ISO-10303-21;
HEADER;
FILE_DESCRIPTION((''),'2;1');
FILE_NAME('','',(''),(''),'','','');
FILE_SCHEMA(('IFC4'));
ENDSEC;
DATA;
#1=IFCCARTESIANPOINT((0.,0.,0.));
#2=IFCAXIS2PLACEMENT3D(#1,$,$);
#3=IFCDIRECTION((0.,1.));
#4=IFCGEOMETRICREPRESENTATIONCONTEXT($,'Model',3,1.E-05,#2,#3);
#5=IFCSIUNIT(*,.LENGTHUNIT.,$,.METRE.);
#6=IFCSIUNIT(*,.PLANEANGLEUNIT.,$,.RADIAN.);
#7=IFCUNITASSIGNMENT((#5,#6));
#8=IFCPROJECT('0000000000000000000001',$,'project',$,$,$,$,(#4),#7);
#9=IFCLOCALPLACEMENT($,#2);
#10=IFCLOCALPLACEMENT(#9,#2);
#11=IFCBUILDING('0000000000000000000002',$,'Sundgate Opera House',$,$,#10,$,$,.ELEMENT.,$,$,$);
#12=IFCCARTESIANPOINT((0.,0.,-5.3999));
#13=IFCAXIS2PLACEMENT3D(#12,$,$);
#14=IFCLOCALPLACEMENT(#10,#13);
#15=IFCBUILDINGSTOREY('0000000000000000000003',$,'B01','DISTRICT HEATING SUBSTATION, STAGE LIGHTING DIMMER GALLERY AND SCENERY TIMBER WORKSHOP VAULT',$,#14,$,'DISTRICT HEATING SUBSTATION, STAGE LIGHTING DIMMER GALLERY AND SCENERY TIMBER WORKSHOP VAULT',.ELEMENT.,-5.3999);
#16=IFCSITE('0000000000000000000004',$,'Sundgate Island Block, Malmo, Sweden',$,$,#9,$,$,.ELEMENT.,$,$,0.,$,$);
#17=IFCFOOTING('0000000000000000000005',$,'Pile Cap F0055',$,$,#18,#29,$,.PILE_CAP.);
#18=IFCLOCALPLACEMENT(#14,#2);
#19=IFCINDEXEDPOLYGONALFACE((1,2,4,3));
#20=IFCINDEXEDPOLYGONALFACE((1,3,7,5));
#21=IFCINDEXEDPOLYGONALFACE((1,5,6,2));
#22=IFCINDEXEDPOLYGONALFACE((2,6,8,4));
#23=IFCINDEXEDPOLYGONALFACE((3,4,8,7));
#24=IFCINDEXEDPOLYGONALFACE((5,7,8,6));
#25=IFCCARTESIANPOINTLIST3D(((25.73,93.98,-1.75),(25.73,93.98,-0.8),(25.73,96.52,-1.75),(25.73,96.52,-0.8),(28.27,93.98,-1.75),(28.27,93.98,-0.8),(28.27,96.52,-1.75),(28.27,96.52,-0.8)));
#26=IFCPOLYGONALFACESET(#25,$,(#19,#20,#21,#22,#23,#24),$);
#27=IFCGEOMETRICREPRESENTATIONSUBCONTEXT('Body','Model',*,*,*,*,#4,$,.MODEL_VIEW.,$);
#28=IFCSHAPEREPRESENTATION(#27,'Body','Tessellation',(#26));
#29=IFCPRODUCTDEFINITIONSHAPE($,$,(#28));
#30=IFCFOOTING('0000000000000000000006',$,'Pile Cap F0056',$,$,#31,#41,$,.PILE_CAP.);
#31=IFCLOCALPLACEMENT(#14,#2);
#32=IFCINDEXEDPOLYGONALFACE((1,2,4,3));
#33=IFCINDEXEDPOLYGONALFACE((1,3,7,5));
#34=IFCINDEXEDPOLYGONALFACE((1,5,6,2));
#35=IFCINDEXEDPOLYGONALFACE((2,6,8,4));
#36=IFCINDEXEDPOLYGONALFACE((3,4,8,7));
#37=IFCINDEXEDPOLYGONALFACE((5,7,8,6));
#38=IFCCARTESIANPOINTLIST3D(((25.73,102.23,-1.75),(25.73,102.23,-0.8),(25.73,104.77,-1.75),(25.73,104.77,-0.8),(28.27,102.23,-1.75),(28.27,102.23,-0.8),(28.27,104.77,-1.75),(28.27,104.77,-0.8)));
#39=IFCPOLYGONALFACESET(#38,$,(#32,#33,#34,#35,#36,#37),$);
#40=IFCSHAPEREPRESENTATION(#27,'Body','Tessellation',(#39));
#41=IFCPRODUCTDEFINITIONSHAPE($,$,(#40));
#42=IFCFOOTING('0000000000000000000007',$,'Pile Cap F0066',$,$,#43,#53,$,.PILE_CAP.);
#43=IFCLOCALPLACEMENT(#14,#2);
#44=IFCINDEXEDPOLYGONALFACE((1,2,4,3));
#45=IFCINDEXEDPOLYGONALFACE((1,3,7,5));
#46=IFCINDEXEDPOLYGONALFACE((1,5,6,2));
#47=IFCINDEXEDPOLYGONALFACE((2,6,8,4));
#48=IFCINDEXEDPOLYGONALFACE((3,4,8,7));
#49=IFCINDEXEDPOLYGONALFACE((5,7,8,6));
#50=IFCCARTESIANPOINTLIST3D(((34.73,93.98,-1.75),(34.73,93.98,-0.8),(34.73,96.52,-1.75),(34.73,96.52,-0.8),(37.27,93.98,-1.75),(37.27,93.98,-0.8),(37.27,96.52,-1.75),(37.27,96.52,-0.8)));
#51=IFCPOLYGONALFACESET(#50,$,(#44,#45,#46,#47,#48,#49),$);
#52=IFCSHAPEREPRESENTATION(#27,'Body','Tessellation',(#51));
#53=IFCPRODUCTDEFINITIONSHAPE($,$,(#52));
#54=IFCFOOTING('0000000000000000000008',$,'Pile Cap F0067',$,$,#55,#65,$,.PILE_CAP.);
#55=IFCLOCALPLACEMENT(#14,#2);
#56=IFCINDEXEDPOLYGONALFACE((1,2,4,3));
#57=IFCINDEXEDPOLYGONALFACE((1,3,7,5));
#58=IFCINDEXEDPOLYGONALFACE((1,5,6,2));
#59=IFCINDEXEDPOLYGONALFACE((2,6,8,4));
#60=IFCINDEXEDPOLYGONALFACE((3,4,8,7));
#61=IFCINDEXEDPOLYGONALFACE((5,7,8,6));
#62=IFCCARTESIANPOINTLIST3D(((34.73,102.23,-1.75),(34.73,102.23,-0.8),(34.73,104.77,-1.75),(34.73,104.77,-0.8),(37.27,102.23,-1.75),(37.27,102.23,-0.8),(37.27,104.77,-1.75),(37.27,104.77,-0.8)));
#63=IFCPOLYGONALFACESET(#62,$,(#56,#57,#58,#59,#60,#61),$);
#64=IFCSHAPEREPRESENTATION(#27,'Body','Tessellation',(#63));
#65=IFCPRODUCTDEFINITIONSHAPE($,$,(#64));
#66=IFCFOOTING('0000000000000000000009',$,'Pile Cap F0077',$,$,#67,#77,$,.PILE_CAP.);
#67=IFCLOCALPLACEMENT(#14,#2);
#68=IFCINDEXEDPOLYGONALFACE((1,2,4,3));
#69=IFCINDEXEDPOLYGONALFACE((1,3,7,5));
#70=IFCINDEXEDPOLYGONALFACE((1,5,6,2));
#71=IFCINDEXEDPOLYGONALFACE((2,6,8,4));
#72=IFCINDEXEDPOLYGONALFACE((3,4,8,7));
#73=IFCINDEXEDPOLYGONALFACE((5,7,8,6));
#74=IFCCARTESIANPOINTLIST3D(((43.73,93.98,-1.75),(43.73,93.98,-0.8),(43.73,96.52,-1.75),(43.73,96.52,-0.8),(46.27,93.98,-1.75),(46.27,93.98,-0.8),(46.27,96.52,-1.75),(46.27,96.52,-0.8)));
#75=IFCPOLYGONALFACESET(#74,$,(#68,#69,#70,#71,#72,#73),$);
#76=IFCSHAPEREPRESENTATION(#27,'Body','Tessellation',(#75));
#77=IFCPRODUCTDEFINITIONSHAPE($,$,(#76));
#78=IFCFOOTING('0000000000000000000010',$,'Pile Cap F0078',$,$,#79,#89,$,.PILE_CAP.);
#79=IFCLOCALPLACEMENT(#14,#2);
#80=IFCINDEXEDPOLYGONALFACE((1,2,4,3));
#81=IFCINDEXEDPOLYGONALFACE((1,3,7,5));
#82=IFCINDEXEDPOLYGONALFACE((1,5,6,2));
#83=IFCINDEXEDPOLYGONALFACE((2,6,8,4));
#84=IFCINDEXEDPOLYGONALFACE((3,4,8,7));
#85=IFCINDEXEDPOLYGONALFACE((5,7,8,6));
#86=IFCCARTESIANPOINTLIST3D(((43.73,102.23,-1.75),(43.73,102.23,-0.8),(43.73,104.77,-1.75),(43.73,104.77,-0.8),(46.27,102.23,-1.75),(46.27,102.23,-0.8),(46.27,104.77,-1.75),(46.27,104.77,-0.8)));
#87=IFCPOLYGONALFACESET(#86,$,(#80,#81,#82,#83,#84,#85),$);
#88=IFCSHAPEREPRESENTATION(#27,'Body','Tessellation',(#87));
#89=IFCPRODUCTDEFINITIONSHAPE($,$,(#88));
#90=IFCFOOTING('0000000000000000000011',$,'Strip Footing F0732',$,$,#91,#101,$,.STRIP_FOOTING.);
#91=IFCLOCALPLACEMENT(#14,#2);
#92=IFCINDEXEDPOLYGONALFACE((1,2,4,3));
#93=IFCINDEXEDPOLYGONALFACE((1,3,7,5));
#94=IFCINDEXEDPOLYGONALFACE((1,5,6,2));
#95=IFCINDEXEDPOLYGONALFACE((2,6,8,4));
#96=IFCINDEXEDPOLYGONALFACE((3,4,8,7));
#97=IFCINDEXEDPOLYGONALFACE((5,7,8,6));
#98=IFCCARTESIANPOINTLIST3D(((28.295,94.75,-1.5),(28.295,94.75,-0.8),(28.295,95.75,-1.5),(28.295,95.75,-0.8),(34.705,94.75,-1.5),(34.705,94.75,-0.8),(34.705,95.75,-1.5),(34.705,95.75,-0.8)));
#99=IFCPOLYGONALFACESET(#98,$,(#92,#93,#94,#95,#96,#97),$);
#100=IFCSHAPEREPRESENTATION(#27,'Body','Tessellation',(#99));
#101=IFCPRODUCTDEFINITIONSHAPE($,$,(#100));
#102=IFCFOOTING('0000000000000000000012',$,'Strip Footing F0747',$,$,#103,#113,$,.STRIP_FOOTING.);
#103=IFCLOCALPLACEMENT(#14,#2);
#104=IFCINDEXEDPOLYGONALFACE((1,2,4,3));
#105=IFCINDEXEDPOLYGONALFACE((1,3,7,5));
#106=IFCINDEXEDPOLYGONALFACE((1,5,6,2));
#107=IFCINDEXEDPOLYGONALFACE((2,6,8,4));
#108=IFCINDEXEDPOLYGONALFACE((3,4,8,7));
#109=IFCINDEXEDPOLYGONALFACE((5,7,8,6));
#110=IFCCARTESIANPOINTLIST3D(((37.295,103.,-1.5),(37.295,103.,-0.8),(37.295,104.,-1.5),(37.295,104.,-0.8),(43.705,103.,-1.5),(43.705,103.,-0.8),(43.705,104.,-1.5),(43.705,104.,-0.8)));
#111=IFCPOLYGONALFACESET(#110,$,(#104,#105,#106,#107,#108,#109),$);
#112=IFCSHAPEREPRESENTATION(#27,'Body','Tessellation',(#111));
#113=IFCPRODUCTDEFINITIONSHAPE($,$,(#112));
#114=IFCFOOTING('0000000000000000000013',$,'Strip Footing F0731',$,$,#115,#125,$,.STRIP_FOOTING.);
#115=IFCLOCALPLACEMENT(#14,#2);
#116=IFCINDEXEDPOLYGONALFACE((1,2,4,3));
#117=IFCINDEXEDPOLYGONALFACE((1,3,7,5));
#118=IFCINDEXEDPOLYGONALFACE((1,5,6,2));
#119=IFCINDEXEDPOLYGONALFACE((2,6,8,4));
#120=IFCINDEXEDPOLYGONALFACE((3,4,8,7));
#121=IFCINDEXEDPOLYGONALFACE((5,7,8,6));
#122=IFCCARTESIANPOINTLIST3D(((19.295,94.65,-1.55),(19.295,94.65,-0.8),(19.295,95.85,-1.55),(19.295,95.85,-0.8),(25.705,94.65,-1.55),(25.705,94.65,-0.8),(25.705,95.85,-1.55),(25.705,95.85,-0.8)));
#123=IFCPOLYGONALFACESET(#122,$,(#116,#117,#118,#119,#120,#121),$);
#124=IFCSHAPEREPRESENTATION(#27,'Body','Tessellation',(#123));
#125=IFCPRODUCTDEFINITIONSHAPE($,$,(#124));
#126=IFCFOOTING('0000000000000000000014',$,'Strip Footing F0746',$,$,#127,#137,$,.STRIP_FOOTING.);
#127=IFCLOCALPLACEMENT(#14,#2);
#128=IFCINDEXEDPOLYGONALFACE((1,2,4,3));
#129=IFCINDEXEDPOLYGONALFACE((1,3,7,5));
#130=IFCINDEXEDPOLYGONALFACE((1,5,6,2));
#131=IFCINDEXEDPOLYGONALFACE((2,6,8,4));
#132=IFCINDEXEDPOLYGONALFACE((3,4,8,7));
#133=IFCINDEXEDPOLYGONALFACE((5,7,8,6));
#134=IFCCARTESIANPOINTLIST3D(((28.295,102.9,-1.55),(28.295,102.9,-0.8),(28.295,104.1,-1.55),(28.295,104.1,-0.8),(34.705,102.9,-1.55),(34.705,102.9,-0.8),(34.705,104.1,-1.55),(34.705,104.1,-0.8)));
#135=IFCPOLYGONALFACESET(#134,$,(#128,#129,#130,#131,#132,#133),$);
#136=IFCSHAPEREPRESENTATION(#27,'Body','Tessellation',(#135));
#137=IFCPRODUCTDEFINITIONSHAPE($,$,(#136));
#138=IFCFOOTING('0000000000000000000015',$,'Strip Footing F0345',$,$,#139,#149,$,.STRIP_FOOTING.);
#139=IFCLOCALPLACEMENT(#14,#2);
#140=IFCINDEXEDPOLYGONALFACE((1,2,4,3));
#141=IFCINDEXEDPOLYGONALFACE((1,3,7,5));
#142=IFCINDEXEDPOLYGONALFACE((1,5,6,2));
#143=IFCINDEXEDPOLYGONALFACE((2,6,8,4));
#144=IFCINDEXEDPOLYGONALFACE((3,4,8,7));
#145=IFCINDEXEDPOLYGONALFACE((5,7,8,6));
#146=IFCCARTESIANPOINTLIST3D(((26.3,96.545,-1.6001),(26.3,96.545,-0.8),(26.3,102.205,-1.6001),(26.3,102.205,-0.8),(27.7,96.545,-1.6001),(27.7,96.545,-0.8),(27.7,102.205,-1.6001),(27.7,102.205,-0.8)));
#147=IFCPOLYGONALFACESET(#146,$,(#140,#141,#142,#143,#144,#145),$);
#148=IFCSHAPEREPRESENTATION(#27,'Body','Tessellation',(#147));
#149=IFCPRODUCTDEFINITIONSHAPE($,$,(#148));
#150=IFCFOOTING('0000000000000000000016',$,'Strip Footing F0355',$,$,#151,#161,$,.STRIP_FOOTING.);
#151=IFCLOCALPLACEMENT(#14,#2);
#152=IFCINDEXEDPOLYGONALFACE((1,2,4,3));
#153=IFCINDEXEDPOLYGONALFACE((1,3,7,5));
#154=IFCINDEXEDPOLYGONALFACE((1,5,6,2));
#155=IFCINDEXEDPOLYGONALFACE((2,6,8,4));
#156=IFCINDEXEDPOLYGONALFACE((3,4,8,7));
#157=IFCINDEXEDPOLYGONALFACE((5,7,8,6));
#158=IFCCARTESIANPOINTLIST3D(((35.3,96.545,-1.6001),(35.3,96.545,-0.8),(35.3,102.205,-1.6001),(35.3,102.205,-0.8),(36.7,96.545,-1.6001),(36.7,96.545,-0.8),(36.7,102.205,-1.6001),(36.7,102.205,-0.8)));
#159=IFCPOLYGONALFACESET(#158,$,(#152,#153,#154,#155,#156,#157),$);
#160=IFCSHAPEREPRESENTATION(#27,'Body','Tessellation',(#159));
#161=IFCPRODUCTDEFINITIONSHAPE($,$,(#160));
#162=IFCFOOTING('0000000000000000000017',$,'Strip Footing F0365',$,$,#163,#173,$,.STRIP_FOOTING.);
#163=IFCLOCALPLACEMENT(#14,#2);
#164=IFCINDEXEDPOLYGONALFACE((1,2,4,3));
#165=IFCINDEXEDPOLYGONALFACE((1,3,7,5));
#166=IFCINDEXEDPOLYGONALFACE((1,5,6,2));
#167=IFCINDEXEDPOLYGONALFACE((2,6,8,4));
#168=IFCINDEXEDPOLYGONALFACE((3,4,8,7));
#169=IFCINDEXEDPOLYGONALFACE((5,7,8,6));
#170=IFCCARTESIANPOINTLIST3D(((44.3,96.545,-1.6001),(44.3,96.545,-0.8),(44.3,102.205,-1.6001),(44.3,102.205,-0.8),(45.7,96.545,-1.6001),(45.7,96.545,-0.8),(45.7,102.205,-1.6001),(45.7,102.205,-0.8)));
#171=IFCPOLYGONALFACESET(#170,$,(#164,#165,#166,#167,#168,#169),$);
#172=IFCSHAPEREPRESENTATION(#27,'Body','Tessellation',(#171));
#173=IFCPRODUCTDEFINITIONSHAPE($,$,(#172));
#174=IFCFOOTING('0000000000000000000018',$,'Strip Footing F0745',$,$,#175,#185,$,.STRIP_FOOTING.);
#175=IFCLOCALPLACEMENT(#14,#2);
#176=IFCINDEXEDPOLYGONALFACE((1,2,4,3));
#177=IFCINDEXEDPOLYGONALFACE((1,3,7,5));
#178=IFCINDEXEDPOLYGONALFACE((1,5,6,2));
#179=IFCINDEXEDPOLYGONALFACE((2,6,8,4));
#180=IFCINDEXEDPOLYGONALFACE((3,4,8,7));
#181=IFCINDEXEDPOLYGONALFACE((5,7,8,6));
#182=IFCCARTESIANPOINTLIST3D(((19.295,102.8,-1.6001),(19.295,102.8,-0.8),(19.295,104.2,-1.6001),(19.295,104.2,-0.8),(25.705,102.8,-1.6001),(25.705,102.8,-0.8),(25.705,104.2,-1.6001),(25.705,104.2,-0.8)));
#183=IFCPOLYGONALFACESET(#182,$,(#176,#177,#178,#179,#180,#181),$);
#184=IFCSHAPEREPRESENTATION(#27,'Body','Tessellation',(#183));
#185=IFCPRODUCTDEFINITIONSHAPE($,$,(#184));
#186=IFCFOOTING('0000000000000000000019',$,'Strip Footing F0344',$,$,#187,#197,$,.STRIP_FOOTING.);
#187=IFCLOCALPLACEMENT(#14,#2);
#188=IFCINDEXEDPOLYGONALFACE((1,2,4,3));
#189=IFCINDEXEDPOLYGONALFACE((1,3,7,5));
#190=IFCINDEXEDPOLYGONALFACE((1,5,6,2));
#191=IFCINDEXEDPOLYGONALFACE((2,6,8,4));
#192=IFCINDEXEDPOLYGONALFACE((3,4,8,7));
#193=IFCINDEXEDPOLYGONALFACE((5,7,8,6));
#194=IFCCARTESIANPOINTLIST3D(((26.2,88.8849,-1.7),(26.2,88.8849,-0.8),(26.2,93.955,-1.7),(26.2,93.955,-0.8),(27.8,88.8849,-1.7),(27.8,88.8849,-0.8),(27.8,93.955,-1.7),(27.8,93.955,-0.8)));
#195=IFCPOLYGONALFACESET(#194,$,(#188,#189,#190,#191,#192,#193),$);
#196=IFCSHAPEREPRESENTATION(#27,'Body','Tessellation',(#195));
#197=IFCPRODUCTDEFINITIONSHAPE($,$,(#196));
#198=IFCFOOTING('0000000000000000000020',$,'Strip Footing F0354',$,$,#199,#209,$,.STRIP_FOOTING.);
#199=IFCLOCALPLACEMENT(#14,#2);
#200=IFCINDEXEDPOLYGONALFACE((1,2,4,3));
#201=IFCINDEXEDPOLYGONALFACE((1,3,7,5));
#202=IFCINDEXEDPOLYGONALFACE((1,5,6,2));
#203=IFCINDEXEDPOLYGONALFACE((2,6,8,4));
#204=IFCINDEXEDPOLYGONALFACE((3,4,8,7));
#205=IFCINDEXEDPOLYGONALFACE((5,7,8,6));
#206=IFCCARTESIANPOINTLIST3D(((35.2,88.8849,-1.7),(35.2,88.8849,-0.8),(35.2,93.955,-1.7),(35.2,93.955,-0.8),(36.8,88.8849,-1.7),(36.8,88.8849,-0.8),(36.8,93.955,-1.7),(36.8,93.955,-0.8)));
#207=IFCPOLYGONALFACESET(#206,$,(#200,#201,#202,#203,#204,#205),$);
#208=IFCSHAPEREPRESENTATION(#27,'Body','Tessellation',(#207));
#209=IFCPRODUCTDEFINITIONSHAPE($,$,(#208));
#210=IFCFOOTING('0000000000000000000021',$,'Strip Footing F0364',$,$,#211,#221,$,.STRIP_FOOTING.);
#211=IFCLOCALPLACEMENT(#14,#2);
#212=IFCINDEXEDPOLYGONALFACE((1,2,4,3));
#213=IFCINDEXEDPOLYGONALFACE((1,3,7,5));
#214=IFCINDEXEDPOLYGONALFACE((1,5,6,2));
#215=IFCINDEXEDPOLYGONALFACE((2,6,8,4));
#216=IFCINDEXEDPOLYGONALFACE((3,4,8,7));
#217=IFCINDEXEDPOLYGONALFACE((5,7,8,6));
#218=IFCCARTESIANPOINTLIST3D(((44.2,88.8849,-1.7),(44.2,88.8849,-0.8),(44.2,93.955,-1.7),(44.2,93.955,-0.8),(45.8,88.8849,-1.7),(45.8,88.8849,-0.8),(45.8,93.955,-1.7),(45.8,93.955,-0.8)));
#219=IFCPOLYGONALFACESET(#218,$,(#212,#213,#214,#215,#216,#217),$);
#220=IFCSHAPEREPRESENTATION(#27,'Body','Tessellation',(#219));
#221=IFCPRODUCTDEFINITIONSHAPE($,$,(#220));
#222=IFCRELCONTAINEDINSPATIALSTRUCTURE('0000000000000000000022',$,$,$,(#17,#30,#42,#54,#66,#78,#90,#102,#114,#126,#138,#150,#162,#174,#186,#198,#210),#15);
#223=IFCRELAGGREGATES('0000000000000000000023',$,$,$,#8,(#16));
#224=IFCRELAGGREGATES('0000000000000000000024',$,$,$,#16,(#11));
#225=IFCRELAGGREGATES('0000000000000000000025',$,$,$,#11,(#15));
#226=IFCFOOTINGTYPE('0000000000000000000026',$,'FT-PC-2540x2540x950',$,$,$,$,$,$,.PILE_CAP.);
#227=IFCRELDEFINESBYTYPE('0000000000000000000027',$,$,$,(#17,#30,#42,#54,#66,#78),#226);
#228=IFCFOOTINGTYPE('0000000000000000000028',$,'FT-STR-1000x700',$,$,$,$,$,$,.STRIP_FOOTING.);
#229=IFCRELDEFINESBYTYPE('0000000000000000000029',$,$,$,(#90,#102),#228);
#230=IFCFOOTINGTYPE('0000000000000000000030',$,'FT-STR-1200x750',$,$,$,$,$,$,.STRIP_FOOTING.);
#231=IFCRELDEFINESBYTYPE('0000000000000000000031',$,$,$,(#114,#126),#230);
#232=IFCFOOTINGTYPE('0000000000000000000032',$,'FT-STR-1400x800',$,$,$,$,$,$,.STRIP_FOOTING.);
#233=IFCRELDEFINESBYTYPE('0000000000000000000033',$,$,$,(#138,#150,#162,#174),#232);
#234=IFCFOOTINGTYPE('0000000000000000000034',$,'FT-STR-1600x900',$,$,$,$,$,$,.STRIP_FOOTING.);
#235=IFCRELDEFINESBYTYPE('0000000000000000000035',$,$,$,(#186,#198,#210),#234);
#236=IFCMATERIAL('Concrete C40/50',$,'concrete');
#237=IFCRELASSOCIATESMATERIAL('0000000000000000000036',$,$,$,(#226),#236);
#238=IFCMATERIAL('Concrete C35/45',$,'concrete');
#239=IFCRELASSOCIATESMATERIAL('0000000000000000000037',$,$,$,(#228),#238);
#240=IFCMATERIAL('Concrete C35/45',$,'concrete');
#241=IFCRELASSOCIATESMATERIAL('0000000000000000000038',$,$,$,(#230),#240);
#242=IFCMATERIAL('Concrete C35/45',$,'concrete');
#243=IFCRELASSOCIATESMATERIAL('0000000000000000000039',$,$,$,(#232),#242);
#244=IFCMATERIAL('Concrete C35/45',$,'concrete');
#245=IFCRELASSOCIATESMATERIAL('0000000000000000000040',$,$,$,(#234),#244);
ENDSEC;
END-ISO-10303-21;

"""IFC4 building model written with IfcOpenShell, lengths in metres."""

from ifc_helpers import new_model, si_unit, direction, frame, origin, origin_2d, place, context, subcontext, project, spatial, rectangle, extrude, material, type_object, element, save


model = new_model("IFC4")

# Units and contexts
model_context = context("Model", 3, precision=1e-05, world=origin(), true_north=direction((0.0, 1.0)))
body_context = subcontext(model_context, "Body", "Model", "MODEL_VIEW")
ifc_project = project(units=[si_unit("LENGTHUNIT", "METRE"), si_unit("PLANEANGLEUNIT", "RADIAN")], contexts=[model_context])

# Site, building, storey
site_placement = place(None, origin())
site = spatial("IfcSite", under=ifc_project, at=site_placement, Name="Sundgate Island Block, Malmo, Sweden", CompositionType="ELEMENT", RefElevation=0.0)
building_placement = place(site_placement, origin())
building = spatial("IfcBuilding", under=site, at=building_placement, Name="Sundgate Opera House", CompositionType="ELEMENT")
storey_placement = place(building_placement, frame((0.0, 0.0, -5.3999)))
storey = spatial("IfcBuildingStorey", under=building, at=storey_placement, Name="B01", Description="DISTRICT HEATING SUBSTATION, STAGE LIGHTING DIMMER GALLERY AND SCENERY TIMBER WORKSHOP VAULT", LongName="DISTRICT HEATING SUBSTATION, STAGE LIGHTING DIMMER GALLERY AND SCENERY TIMBER WORKSHOP VAULT", CompositionType="ELEMENT", Elevation=-5.3999)

# Footings
ifc_material_1 = material(Name="Concrete C40/50", Category="concrete")
footing_type_1 = type_object("IfcFootingType", Name="FT-PC-2540x2540x950", PredefinedType="PILE_CAP", material=ifc_material_1)
for number, where, z_axis, x_axis, name in (
    (1, (27.0, 95.25, -1.75), (0.0, 0.0, 1.0), (1.0, 0.0, 0.0), "Pile Cap F0055"),
    (2, (27.0, 103.5, -1.75), (0.0, 0.0, 1.0), (1.0, 0.0, 0.0), "Pile Cap F0056"),
    (3, (36.0, 95.25, -1.75), (0.0, 0.0, 1.0), (1.0, 0.0, 0.0), "Pile Cap F0066"),
    (4, (36.0, 103.5, -1.75), (0.0, 0.0, 1.0), (1.0, 0.0, 0.0), "Pile Cap F0067"),
    (5, (45.0, 95.25, -1.75), (0.0, 0.0, 1.0), (1.0, 0.0, 0.0), "Pile Cap F0077"),
    (6, (45.0, 103.5, -1.75), (0.0, 0.0, 1.0), (1.0, 0.0, 0.0), "Pile Cap F0078"),
):
    element("IfcFooting", number, at=place(storey_placement, frame(where, z_axis=z_axis, x_axis=x_axis)), inside=storey, type_object=footing_type_1, Name=name, PredefinedType="PILE_CAP", context=body_context, shape_type="SweptSolid", body=[
        extrude(rectangle(XDim=2.54, YDim=2.54, at=origin_2d()), origin(), (0.0, 0.0, 1.0), 0.95),
    ])
ifc_material_2 = material(Name="Concrete C35/45", Category="concrete")
footing_type_2 = type_object("IfcFootingType", Name="FT-STR-1000x700", PredefinedType="STRIP_FOOTING", material=ifc_material_2)
for number, where, z_axis, x_axis, name in (
    (7, (31.5, 95.25, -1.5), (0.0, 0.0, 1.0), (1.0, 0.0, 0.0), "Strip Footing F0732"),
    (8, (40.5, 103.5, -1.5), (0.0, 0.0, 1.0), (1.0, 0.0, 0.0), "Strip Footing F0747"),
):
    element("IfcFooting", number, at=place(storey_placement, frame(where, z_axis=z_axis, x_axis=x_axis)), inside=storey, type_object=footing_type_2, Name=name, PredefinedType="STRIP_FOOTING", context=body_context, shape_type="SweptSolid", body=[
        extrude(rectangle(XDim=6.4099, YDim=1.0, at=origin_2d()), origin(), (0.0, 0.0, 1.0), 0.7),
    ])
ifc_material_3 = material(Name="Concrete C35/45", Category="concrete")
footing_type_3 = type_object("IfcFootingType", Name="FT-STR-1200x750", PredefinedType="STRIP_FOOTING", material=ifc_material_3)
for number, where, z_axis, x_axis, name in (
    (9, (22.5, 95.25, -1.55), (0.0, 0.0, 1.0), (1.0, 0.0, 0.0), "Strip Footing F0731"),
    (10, (31.5, 103.5, -1.55), (0.0, 0.0, 1.0), (1.0, 0.0, 0.0), "Strip Footing F0746"),
):
    element("IfcFooting", number, at=place(storey_placement, frame(where, z_axis=z_axis, x_axis=x_axis)), inside=storey, type_object=footing_type_3, Name=name, PredefinedType="STRIP_FOOTING", context=body_context, shape_type="SweptSolid", body=[
        extrude(rectangle(XDim=6.4099, YDim=1.2, at=origin_2d()), origin(), (0.0, 0.0, 1.0), 0.75),
    ])
ifc_material_4 = material(Name="Concrete C35/45", Category="concrete")
footing_type_4 = type_object("IfcFootingType", Name="FT-STR-1400x800", PredefinedType="STRIP_FOOTING", material=ifc_material_4)
for number, where, z_axis, x_axis, name in (
    (11, (27.0, 99.375, -1.6001), (0.0, 0.0, 1.0), (1.0, 0.0, 0.0), "Strip Footing F0345"),
    (12, (36.0, 99.375, -1.6001), (0.0, 0.0, 1.0), (1.0, 0.0, 0.0), "Strip Footing F0355"),
    (13, (45.0, 99.375, -1.6001), (0.0, 0.0, 1.0), (1.0, 0.0, 0.0), "Strip Footing F0365"),
):
    element("IfcFooting", number, at=place(storey_placement, frame(where, z_axis=z_axis, x_axis=x_axis)), inside=storey, type_object=footing_type_4, Name=name, PredefinedType="STRIP_FOOTING", context=body_context, shape_type="SweptSolid", body=[
        extrude(rectangle(XDim=1.3999, YDim=5.6599, at=origin_2d()), origin(), (0.0, 0.0, 1.0), 0.8),
    ])
footing_1_placement = place(storey_placement, frame((22.5, 103.5, -1.6001), z_axis=(0.0, 0.0, 1.0), x_axis=(1.0, 0.0, 0.0)))
element("IfcFooting", 14, at=footing_1_placement, inside=storey, type_object=footing_type_4, Name="Strip Footing F0745", PredefinedType="STRIP_FOOTING", context=body_context, shape_type="SweptSolid", body=[
    extrude(rectangle(XDim=6.4099, YDim=1.3999, at=origin_2d()), origin(), (0.0, 0.0, 1.0), 0.8),
])
ifc_material_5 = material(Name="Concrete C35/45", Category="concrete")
footing_type_5 = type_object("IfcFootingType", Name="FT-STR-1600x900", PredefinedType="STRIP_FOOTING", material=ifc_material_5)
for number, where, z_axis, x_axis, name in (
    (15, (27.0, 91.4199, -1.7), (0.0, 0.0, 1.0), (1.0, 0.0, 0.0), "Strip Footing F0344"),
    (16, (36.0, 91.4199, -1.7), (0.0, 0.0, 1.0), (1.0, 0.0, 0.0), "Strip Footing F0354"),
    (17, (45.0, 91.4199, -1.7), (0.0, 0.0, 1.0), (1.0, 0.0, 0.0), "Strip Footing F0364"),
):
    element("IfcFooting", number, at=place(storey_placement, frame(where, z_axis=z_axis, x_axis=x_axis)), inside=storey, type_object=footing_type_5, Name=name, PredefinedType="STRIP_FOOTING", context=body_context, shape_type="SweptSolid", body=[
        extrude(rectangle(XDim=1.6001, YDim=5.0701, at=origin_2d()), origin(), (0.0, 0.0, 1.0), 0.8999),
    ])

save(model, "model.ifc")
